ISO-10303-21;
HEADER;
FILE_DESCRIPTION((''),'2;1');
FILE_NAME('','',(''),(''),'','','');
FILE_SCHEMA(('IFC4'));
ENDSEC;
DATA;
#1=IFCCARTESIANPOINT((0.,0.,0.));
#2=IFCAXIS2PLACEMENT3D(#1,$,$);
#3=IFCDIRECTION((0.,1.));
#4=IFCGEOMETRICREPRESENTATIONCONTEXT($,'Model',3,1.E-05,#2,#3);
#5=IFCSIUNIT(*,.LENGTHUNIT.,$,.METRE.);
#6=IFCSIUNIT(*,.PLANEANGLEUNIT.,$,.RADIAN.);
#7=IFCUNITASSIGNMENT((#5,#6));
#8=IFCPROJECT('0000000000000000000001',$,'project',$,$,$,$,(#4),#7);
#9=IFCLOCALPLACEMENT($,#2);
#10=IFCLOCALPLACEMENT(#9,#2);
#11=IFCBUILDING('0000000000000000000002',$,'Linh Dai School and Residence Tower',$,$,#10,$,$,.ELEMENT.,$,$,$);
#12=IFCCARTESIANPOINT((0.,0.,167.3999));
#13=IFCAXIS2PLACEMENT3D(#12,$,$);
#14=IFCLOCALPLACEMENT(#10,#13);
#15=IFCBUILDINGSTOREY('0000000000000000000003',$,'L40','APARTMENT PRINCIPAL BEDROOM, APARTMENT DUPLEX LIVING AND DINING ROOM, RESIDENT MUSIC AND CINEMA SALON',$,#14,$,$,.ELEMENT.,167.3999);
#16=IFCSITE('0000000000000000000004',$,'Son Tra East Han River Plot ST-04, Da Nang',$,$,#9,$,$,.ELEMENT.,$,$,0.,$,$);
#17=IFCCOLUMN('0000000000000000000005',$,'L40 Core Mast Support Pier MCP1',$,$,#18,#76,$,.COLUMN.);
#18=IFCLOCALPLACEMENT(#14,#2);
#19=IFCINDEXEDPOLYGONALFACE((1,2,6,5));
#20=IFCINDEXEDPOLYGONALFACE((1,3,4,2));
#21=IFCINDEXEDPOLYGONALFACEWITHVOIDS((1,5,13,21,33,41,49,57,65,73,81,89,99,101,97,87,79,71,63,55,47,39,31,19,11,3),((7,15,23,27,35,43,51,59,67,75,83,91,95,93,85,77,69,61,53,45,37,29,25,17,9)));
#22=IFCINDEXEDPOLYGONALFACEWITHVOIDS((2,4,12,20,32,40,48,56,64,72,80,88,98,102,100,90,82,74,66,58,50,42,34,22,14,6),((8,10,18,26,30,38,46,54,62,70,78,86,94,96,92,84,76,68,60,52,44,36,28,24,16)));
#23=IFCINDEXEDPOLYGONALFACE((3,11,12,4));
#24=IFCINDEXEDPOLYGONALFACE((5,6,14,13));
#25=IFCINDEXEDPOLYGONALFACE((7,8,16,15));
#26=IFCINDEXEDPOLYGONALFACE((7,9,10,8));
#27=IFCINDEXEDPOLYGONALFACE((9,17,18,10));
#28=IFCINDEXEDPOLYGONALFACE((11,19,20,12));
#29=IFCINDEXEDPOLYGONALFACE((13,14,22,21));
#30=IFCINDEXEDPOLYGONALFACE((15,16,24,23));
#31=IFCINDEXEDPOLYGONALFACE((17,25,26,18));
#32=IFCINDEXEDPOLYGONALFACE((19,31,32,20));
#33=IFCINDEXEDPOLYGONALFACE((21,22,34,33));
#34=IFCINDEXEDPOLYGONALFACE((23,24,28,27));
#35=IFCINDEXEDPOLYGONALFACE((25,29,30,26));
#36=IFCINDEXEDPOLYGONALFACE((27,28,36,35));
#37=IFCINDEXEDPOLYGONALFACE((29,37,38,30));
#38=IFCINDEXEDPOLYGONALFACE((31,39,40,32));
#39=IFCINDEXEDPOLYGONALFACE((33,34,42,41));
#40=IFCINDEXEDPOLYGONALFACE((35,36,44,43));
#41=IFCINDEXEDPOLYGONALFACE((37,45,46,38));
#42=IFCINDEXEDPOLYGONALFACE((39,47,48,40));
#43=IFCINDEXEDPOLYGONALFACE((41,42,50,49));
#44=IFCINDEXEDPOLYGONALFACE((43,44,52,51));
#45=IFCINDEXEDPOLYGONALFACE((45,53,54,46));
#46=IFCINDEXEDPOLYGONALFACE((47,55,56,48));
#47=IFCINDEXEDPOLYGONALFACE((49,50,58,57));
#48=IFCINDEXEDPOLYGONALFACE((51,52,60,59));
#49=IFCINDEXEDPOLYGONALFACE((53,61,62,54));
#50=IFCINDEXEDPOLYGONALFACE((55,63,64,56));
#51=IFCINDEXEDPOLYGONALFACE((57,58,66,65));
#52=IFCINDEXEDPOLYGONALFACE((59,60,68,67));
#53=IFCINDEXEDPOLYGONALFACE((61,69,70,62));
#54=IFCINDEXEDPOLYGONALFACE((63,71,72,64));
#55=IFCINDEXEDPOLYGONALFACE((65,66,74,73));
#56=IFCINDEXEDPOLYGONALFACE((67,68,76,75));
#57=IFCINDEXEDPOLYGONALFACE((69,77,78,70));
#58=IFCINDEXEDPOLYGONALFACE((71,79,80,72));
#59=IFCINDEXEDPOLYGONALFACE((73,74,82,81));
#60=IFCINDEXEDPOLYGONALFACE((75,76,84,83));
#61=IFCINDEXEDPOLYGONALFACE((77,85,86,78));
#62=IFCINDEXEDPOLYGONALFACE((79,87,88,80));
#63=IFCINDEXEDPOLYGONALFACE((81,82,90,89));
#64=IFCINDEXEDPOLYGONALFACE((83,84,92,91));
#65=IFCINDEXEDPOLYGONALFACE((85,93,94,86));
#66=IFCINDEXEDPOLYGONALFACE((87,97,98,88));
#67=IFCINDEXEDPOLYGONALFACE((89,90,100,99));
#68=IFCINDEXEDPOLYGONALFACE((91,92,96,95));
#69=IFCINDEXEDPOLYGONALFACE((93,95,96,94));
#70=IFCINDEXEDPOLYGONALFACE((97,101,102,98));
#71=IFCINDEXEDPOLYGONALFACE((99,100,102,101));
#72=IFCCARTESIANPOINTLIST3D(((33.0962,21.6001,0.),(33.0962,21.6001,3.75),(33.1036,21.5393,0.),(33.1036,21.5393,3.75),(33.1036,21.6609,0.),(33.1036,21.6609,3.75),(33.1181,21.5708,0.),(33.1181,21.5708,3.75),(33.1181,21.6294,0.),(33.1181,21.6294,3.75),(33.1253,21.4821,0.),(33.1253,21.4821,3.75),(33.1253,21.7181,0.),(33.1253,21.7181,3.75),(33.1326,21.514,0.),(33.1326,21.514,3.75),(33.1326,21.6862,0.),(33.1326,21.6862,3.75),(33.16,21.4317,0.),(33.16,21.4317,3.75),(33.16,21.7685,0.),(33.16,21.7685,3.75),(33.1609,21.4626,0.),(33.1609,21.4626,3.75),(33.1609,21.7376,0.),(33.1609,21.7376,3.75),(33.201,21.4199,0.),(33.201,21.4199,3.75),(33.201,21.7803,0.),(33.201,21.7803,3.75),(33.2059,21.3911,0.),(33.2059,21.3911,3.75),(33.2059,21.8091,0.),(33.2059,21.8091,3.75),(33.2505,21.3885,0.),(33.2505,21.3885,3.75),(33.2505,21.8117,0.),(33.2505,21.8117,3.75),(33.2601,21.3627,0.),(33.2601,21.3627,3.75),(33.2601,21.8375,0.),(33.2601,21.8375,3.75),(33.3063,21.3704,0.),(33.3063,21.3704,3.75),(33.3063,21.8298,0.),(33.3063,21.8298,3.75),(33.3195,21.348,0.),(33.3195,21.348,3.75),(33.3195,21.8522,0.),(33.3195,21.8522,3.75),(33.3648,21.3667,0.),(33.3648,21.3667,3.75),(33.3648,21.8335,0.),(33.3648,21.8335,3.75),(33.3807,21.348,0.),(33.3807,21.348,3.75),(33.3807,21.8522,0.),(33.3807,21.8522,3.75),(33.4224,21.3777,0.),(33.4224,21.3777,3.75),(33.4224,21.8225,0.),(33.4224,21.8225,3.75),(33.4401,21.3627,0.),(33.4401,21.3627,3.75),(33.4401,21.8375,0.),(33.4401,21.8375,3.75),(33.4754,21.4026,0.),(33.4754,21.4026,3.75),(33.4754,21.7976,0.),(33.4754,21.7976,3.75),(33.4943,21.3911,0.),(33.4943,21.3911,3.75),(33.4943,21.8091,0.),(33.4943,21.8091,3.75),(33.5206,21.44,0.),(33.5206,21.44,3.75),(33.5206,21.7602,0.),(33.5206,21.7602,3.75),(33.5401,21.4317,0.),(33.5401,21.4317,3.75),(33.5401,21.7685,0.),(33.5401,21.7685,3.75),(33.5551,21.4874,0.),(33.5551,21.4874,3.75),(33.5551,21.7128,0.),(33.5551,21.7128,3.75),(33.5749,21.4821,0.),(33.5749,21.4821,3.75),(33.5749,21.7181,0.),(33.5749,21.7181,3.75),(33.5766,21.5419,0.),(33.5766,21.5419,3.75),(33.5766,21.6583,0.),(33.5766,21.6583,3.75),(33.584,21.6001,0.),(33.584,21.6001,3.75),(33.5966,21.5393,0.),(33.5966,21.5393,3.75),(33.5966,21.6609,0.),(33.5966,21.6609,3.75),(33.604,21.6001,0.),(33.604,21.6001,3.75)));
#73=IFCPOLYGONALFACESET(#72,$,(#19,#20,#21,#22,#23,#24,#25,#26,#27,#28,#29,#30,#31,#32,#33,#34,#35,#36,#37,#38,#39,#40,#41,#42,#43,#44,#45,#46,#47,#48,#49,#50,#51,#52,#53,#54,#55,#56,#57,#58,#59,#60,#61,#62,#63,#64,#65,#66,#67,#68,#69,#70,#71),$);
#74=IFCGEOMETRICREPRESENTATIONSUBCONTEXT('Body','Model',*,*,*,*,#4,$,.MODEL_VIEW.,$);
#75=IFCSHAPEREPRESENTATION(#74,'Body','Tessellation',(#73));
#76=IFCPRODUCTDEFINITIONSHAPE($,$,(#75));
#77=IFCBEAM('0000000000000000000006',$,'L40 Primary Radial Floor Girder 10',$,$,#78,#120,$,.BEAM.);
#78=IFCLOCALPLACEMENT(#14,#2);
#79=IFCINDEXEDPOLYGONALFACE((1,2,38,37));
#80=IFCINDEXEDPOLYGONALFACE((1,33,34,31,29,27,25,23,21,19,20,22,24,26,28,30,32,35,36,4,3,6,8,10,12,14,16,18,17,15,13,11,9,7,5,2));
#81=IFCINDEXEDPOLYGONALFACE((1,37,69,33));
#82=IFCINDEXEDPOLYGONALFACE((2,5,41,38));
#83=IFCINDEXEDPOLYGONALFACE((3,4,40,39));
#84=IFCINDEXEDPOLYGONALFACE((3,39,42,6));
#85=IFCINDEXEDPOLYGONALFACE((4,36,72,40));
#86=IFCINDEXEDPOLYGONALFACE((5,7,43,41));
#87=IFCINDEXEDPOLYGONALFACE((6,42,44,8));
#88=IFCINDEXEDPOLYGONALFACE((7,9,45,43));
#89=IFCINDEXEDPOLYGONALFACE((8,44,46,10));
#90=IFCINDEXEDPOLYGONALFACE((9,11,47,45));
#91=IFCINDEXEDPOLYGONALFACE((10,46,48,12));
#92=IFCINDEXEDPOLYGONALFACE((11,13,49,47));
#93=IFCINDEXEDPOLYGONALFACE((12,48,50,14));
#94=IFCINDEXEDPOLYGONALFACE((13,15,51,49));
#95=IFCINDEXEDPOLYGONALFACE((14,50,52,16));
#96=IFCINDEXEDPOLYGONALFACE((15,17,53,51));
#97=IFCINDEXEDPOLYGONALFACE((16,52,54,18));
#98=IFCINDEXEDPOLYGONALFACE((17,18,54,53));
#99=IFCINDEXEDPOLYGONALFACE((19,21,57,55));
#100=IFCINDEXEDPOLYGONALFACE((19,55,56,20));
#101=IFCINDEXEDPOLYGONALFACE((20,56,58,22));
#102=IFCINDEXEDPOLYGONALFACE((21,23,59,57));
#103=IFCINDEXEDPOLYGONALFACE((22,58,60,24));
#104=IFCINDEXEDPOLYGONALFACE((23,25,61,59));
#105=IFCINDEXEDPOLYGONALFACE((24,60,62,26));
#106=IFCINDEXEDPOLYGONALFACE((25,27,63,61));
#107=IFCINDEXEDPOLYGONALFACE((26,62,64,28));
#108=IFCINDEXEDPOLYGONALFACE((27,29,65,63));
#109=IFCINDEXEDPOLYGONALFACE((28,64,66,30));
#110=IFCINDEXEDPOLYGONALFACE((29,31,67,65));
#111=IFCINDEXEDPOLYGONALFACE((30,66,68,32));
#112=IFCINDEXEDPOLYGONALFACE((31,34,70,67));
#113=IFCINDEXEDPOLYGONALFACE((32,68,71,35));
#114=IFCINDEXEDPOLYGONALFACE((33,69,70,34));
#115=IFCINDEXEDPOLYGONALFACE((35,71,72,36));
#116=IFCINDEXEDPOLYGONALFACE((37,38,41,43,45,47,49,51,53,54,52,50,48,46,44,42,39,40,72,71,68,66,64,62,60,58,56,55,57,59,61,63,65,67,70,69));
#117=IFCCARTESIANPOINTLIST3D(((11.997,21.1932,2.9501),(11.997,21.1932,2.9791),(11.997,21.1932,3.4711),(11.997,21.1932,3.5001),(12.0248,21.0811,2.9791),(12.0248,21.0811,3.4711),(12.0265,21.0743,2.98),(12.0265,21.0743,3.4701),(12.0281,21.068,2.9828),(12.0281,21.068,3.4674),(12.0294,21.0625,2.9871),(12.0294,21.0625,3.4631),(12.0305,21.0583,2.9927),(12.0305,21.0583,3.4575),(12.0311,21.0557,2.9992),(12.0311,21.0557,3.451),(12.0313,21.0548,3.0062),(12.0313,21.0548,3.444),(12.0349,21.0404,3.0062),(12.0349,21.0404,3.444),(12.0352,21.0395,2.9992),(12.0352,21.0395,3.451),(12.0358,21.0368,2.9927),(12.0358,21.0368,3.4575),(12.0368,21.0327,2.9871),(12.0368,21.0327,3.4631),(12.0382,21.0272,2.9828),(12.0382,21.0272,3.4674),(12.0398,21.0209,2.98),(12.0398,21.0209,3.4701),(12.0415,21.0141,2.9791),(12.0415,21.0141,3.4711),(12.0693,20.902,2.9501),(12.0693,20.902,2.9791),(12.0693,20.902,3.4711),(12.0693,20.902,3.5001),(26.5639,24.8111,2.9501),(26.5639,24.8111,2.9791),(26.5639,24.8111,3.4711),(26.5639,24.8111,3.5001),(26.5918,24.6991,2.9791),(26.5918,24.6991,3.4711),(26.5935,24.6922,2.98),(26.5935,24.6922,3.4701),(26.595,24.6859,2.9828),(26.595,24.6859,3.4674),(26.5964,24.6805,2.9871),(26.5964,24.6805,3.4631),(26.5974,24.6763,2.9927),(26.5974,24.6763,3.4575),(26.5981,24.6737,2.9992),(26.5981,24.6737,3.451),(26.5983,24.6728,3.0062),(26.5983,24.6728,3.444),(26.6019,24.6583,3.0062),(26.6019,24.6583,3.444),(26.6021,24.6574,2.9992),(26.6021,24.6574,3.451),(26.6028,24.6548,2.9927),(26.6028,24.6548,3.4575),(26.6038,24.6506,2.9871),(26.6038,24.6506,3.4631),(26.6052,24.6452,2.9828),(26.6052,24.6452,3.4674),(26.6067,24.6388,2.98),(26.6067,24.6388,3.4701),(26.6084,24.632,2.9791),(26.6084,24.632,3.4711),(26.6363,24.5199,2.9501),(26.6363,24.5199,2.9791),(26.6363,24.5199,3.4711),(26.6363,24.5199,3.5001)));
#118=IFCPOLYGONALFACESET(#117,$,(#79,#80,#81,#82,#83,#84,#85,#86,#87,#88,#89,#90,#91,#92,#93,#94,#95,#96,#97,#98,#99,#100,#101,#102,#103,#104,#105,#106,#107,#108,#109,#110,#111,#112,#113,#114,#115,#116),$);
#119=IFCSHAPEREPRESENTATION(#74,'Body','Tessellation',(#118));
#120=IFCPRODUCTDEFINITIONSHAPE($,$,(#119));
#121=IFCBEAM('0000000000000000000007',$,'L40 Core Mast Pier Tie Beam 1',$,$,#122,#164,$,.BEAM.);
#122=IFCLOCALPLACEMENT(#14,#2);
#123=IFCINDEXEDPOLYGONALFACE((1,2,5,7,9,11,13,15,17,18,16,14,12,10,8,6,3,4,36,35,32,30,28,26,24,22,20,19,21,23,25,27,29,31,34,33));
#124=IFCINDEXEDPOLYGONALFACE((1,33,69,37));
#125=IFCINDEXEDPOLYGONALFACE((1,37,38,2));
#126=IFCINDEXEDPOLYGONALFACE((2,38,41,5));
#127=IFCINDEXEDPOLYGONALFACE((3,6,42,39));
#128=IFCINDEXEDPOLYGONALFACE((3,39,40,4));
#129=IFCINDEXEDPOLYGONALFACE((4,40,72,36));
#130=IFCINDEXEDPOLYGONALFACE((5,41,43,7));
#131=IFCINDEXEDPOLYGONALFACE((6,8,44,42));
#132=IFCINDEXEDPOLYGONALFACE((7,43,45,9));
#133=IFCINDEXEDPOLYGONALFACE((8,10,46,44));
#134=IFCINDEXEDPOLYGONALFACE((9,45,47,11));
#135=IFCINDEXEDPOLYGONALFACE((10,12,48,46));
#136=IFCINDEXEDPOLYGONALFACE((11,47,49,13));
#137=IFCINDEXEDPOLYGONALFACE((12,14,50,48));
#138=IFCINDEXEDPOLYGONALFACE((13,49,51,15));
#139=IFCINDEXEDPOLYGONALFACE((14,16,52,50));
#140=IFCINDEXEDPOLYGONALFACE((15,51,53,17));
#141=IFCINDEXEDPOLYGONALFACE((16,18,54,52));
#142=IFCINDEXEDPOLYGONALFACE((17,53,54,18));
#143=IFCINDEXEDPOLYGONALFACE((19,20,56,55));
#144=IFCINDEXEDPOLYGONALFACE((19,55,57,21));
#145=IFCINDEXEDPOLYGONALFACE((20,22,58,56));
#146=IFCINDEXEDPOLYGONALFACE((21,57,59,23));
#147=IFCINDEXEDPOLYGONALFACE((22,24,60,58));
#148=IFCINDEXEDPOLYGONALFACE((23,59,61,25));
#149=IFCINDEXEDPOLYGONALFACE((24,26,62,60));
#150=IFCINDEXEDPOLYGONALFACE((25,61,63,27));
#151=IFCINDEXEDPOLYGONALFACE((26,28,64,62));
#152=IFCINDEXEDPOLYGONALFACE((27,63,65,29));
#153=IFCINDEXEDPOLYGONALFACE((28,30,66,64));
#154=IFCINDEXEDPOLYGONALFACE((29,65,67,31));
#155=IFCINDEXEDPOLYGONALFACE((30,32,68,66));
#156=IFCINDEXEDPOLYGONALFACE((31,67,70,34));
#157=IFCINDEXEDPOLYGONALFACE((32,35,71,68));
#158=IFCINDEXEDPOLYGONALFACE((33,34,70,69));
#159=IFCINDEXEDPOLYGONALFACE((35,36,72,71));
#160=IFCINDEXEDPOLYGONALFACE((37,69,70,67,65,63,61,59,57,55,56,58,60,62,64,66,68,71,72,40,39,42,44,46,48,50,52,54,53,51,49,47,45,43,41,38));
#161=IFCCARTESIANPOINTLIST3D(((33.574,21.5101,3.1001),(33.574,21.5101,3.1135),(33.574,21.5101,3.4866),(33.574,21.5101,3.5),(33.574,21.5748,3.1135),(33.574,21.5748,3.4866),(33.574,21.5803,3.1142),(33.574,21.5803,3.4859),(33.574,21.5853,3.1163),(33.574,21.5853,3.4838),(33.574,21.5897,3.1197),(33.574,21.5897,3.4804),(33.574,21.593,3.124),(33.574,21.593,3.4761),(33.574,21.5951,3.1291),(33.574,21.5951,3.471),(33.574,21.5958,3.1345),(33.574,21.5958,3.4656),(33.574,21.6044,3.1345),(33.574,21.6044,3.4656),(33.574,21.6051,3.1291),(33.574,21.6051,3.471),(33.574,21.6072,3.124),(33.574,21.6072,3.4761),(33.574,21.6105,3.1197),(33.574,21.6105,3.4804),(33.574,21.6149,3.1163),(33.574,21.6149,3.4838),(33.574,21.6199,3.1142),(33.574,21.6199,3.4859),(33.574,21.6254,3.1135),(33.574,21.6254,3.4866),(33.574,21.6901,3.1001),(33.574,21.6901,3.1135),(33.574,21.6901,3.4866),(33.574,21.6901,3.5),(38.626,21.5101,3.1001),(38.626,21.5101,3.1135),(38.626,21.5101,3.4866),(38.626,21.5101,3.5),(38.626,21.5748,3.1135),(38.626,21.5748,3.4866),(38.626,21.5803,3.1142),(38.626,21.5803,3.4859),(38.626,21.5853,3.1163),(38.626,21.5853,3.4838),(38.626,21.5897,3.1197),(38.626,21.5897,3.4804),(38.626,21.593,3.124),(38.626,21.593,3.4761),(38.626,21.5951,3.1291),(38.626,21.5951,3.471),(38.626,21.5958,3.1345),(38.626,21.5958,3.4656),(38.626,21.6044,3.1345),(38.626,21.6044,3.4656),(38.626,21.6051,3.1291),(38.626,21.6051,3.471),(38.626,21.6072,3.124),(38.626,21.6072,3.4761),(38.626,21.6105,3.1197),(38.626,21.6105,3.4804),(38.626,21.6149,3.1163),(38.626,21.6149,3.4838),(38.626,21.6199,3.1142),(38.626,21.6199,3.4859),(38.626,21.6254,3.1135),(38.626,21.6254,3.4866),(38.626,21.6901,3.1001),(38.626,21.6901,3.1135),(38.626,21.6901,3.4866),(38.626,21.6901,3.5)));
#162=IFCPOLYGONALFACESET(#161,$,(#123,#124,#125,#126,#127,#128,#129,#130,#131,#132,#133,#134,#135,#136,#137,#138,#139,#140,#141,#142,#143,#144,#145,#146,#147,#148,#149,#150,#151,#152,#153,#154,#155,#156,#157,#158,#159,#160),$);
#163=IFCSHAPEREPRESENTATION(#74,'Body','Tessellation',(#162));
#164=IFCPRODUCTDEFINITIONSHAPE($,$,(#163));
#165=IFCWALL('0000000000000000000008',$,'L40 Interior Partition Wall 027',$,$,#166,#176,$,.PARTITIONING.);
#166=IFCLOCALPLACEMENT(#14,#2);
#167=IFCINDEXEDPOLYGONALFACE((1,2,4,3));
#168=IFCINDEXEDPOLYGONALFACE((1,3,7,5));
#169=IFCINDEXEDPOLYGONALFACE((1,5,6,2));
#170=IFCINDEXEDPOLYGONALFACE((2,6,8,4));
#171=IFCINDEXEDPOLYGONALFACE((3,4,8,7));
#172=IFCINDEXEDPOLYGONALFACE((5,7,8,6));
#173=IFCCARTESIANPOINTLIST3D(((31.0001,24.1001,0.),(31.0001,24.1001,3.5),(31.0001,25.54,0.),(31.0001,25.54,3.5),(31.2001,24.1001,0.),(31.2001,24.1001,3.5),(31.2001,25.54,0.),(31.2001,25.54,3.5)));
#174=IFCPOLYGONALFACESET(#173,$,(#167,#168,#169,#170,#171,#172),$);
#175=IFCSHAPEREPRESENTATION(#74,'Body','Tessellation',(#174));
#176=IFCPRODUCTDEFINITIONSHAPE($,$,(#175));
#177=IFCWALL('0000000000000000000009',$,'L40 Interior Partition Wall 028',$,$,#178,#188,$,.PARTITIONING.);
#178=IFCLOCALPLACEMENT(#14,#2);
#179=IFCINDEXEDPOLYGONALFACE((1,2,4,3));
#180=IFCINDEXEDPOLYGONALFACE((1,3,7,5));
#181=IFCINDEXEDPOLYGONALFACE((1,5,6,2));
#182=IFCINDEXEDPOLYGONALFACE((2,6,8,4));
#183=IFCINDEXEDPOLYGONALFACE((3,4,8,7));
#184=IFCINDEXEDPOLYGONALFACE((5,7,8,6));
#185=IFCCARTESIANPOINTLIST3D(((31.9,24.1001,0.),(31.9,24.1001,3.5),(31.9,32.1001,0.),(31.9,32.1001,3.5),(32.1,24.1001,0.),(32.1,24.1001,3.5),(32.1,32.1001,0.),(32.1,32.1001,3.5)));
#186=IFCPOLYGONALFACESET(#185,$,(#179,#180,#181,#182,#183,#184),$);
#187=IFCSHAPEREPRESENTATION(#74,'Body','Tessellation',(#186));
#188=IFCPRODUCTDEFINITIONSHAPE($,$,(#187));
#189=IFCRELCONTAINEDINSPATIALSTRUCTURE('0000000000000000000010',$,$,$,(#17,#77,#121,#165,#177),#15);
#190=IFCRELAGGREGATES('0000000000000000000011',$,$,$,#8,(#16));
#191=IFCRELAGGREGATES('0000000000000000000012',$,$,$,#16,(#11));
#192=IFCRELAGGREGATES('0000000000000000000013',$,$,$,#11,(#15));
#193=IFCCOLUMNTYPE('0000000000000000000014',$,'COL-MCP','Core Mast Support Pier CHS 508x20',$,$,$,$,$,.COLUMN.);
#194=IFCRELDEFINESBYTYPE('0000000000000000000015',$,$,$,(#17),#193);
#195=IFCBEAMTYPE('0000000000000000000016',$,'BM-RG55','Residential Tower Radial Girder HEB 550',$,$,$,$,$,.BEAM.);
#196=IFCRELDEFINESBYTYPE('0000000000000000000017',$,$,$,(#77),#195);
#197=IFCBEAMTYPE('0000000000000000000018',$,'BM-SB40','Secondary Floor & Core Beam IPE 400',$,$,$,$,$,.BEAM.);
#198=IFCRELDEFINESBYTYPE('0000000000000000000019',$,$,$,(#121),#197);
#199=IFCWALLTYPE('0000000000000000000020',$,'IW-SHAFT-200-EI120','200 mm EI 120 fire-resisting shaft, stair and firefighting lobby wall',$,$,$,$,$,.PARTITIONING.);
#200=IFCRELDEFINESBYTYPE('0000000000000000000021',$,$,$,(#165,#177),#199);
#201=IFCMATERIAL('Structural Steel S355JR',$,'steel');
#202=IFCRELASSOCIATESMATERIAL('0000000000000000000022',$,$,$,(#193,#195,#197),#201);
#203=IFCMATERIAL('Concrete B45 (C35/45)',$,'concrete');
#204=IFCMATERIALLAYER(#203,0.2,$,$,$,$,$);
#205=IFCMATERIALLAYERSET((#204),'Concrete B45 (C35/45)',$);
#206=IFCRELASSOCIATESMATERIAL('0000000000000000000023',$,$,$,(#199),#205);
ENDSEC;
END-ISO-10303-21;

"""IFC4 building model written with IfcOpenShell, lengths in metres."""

from ifc_helpers import new_model, si_unit, direction, frame, frame_2d, origin, origin_2d, place, context, subcontext, project, spatial, rectangle, hollow_circle, i_section, extrude, material, layer, layer_set, material_profile, profile_set, type_object, element, save


model = new_model("IFC4")

# Units and contexts
model_context = context("Model", 3, precision=1e-05, world=origin(), true_north=direction((0.0, 1.0)))
body_context = subcontext(model_context, "Body", "Model", "MODEL_VIEW")
ifc_project = project(units=[si_unit("LENGTHUNIT", "METRE"), si_unit("PLANEANGLEUNIT", "RADIAN")], contexts=[model_context])

# Site, building, storey
site_placement = place(None, origin())
site = spatial("IfcSite", under=ifc_project, at=site_placement, Name="Son Tra East Han River Plot ST-04, Da Nang", CompositionType="ELEMENT", RefElevation=0.0)
building_placement = place(site_placement, origin())
building = spatial("IfcBuilding", under=site, at=building_placement, Name="Linh Dai School and Residence Tower", CompositionType="ELEMENT")
storey_placement = place(building_placement, frame((0.0, 0.0, 167.3999)))
storey = spatial("IfcBuildingStorey", under=building, at=storey_placement, Name="L40", Description="APARTMENT PRINCIPAL BEDROOM, APARTMENT DUPLEX LIVING AND DINING ROOM, RESIDENT MUSIC AND CINEMA SALON", CompositionType="ELEMENT", Elevation=167.3999)

# Column
ifc_material_1 = material(Name="Structural Steel S355JR", Category="steel")
ifc_material_profile_1 = material_profile(ifc_material_1, hollow_circle(Radius=0.2539, WallThickness=0.02, at=origin_2d()), Name="CHS 508x20")
ifc_profile_set_1 = profile_set([ifc_material_profile_1], Name="Structural Steel S355JR")
column_type_1 = type_object("IfcColumnType", Name="COL-MCP", Description="Core Mast Support Pier CHS 508x20", PredefinedType="COLUMN", material=ifc_profile_set_1)
column_placement = place(storey_placement, frame((33.3501, 21.6001, 0.0), z_axis=(0.0, 0.0, 1.0), x_axis=(1.0, 0.0, 0.0)))
element("IfcColumn", 1, at=column_placement, inside=storey, type_object=column_type_1, Name="L40 Core Mast Support Pier MCP1", PredefinedType="COLUMN", context=body_context, shape_type="SweptSolid", body=[
    extrude(hollow_circle(Radius=0.2539, WallThickness=0.02, at=origin_2d()), origin(), (0.0, 0.0, 1.0), 3.75),
])

# Beams
ifc_material_profile_2 = material_profile(ifc_material_1, i_section(OverallWidth=0.3, OverallDepth=0.55, WebThickness=0.0149, FlangeThickness=0.0291, FilletRadius=0.0271, at=origin_2d()), Name="HEB 550")
ifc_profile_set_2 = profile_set([ifc_material_profile_2], Name="Structural Steel S355JR")
beam_type_1 = type_object("IfcBeamType", Name="BM-RG55", Description="Residential Tower Radial Girder HEB 550", PredefinedType="BEAM", material=ifc_profile_set_2)
beam_1_placement = place(storey_placement, frame((26.6001, 24.6655, 3.2251), z_axis=(-0.970515, -0.241043, 0.0), x_axis=(0.241043, -0.970515, 0.0)))
element("IfcBeam", 2, at=beam_1_placement, inside=storey, type_object=beam_type_1, Name="L40 Primary Radial Floor Girder 10", PredefinedType="BEAM", context=body_context, shape_type="SweptSolid", body=[
    extrude(i_section(OverallWidth=0.3, OverallDepth=0.55, WebThickness=0.0149, FlangeThickness=0.0291, FilletRadius=0.0271, at=origin_2d()), origin(), (0.0, 0.0, 1.0), 15.0095),
])
ifc_material_profile_3 = material_profile(ifc_material_1, i_section(OverallWidth=0.1799, OverallDepth=0.3999, WebThickness=0.0085, FlangeThickness=0.0134, FilletRadius=0.021, at=origin_2d()), Name="IPE 400")
ifc_profile_set_3 = profile_set([ifc_material_profile_3], Name="Structural Steel S355JR")
beam_type_2 = type_object("IfcBeamType", Name="BM-SB40", Description="Secondary Floor & Core Beam IPE 400", PredefinedType="BEAM", material=ifc_profile_set_3)
beam_2_placement = place(storey_placement, frame((33.574, 21.6001, 3.3), z_axis=(1.0, 0.0, 0.0), x_axis=(0.0, 1.0, 0.0)))
element("IfcBeam", 3, at=beam_2_placement, inside=storey, type_object=beam_type_2, Name="L40 Core Mast Pier Tie Beam 1", PredefinedType="BEAM", context=body_context, shape_type="SweptSolid", body=[
    extrude(i_section(OverallWidth=0.1799, OverallDepth=0.3999, WebThickness=0.0085, FlangeThickness=0.0134, FilletRadius=0.021, at=origin_2d()), origin(), (0.0, 0.0, 1.0), 5.052),
])

# Shared definitions
ifc_material_2 = material(Name="Concrete B45 (C35/45)", Category="concrete")
ifc_layer_1 = layer(ifc_material_2, 0.2)
ifc_layer_set_1 = layer_set([ifc_layer_1], Name="Concrete B45 (C35/45)")
wall_type_1 = type_object("IfcWallType", Name="IW-SHAFT-200-EI120", Description="200 mm EI 120 fire-resisting shaft, stair and firefighting lobby wall", PredefinedType="PARTITIONING", material=ifc_layer_set_1)

# Walls
wall_1_placement = place(storey_placement, frame((31.1001, 24.1001, 0.0), z_axis=(0.0, 0.0, 1.0), x_axis=(0.0, 1.0, 0.0)))
element("IfcWall", 4, at=wall_1_placement, inside=storey, type_object=wall_type_1, Name="L40 Interior Partition Wall 027", PredefinedType="PARTITIONING", context=body_context, shape_type="SweptSolid", body=[
    extrude(rectangle(XDim=1.4399, YDim=0.2, at=frame_2d((0.72, 0.0))), origin(), (0.0, 0.0, 1.0), 3.5),
])
wall_2_placement = place(storey_placement, frame((32.0, 24.1001, 0.0), z_axis=(0.0, 0.0, 1.0), x_axis=(0.0, 1.0, 0.0)))
element("IfcWall", 5, at=wall_2_placement, inside=storey, type_object=wall_type_1, Name="L40 Interior Partition Wall 028", PredefinedType="PARTITIONING", context=body_context, shape_type="SweptSolid", body=[
    extrude(rectangle(XDim=8.0, YDim=0.2, at=frame_2d((4.0, 0.0))), origin(), (0.0, 0.0, 1.0), 3.5),
])

save(model, "model.ifc")
